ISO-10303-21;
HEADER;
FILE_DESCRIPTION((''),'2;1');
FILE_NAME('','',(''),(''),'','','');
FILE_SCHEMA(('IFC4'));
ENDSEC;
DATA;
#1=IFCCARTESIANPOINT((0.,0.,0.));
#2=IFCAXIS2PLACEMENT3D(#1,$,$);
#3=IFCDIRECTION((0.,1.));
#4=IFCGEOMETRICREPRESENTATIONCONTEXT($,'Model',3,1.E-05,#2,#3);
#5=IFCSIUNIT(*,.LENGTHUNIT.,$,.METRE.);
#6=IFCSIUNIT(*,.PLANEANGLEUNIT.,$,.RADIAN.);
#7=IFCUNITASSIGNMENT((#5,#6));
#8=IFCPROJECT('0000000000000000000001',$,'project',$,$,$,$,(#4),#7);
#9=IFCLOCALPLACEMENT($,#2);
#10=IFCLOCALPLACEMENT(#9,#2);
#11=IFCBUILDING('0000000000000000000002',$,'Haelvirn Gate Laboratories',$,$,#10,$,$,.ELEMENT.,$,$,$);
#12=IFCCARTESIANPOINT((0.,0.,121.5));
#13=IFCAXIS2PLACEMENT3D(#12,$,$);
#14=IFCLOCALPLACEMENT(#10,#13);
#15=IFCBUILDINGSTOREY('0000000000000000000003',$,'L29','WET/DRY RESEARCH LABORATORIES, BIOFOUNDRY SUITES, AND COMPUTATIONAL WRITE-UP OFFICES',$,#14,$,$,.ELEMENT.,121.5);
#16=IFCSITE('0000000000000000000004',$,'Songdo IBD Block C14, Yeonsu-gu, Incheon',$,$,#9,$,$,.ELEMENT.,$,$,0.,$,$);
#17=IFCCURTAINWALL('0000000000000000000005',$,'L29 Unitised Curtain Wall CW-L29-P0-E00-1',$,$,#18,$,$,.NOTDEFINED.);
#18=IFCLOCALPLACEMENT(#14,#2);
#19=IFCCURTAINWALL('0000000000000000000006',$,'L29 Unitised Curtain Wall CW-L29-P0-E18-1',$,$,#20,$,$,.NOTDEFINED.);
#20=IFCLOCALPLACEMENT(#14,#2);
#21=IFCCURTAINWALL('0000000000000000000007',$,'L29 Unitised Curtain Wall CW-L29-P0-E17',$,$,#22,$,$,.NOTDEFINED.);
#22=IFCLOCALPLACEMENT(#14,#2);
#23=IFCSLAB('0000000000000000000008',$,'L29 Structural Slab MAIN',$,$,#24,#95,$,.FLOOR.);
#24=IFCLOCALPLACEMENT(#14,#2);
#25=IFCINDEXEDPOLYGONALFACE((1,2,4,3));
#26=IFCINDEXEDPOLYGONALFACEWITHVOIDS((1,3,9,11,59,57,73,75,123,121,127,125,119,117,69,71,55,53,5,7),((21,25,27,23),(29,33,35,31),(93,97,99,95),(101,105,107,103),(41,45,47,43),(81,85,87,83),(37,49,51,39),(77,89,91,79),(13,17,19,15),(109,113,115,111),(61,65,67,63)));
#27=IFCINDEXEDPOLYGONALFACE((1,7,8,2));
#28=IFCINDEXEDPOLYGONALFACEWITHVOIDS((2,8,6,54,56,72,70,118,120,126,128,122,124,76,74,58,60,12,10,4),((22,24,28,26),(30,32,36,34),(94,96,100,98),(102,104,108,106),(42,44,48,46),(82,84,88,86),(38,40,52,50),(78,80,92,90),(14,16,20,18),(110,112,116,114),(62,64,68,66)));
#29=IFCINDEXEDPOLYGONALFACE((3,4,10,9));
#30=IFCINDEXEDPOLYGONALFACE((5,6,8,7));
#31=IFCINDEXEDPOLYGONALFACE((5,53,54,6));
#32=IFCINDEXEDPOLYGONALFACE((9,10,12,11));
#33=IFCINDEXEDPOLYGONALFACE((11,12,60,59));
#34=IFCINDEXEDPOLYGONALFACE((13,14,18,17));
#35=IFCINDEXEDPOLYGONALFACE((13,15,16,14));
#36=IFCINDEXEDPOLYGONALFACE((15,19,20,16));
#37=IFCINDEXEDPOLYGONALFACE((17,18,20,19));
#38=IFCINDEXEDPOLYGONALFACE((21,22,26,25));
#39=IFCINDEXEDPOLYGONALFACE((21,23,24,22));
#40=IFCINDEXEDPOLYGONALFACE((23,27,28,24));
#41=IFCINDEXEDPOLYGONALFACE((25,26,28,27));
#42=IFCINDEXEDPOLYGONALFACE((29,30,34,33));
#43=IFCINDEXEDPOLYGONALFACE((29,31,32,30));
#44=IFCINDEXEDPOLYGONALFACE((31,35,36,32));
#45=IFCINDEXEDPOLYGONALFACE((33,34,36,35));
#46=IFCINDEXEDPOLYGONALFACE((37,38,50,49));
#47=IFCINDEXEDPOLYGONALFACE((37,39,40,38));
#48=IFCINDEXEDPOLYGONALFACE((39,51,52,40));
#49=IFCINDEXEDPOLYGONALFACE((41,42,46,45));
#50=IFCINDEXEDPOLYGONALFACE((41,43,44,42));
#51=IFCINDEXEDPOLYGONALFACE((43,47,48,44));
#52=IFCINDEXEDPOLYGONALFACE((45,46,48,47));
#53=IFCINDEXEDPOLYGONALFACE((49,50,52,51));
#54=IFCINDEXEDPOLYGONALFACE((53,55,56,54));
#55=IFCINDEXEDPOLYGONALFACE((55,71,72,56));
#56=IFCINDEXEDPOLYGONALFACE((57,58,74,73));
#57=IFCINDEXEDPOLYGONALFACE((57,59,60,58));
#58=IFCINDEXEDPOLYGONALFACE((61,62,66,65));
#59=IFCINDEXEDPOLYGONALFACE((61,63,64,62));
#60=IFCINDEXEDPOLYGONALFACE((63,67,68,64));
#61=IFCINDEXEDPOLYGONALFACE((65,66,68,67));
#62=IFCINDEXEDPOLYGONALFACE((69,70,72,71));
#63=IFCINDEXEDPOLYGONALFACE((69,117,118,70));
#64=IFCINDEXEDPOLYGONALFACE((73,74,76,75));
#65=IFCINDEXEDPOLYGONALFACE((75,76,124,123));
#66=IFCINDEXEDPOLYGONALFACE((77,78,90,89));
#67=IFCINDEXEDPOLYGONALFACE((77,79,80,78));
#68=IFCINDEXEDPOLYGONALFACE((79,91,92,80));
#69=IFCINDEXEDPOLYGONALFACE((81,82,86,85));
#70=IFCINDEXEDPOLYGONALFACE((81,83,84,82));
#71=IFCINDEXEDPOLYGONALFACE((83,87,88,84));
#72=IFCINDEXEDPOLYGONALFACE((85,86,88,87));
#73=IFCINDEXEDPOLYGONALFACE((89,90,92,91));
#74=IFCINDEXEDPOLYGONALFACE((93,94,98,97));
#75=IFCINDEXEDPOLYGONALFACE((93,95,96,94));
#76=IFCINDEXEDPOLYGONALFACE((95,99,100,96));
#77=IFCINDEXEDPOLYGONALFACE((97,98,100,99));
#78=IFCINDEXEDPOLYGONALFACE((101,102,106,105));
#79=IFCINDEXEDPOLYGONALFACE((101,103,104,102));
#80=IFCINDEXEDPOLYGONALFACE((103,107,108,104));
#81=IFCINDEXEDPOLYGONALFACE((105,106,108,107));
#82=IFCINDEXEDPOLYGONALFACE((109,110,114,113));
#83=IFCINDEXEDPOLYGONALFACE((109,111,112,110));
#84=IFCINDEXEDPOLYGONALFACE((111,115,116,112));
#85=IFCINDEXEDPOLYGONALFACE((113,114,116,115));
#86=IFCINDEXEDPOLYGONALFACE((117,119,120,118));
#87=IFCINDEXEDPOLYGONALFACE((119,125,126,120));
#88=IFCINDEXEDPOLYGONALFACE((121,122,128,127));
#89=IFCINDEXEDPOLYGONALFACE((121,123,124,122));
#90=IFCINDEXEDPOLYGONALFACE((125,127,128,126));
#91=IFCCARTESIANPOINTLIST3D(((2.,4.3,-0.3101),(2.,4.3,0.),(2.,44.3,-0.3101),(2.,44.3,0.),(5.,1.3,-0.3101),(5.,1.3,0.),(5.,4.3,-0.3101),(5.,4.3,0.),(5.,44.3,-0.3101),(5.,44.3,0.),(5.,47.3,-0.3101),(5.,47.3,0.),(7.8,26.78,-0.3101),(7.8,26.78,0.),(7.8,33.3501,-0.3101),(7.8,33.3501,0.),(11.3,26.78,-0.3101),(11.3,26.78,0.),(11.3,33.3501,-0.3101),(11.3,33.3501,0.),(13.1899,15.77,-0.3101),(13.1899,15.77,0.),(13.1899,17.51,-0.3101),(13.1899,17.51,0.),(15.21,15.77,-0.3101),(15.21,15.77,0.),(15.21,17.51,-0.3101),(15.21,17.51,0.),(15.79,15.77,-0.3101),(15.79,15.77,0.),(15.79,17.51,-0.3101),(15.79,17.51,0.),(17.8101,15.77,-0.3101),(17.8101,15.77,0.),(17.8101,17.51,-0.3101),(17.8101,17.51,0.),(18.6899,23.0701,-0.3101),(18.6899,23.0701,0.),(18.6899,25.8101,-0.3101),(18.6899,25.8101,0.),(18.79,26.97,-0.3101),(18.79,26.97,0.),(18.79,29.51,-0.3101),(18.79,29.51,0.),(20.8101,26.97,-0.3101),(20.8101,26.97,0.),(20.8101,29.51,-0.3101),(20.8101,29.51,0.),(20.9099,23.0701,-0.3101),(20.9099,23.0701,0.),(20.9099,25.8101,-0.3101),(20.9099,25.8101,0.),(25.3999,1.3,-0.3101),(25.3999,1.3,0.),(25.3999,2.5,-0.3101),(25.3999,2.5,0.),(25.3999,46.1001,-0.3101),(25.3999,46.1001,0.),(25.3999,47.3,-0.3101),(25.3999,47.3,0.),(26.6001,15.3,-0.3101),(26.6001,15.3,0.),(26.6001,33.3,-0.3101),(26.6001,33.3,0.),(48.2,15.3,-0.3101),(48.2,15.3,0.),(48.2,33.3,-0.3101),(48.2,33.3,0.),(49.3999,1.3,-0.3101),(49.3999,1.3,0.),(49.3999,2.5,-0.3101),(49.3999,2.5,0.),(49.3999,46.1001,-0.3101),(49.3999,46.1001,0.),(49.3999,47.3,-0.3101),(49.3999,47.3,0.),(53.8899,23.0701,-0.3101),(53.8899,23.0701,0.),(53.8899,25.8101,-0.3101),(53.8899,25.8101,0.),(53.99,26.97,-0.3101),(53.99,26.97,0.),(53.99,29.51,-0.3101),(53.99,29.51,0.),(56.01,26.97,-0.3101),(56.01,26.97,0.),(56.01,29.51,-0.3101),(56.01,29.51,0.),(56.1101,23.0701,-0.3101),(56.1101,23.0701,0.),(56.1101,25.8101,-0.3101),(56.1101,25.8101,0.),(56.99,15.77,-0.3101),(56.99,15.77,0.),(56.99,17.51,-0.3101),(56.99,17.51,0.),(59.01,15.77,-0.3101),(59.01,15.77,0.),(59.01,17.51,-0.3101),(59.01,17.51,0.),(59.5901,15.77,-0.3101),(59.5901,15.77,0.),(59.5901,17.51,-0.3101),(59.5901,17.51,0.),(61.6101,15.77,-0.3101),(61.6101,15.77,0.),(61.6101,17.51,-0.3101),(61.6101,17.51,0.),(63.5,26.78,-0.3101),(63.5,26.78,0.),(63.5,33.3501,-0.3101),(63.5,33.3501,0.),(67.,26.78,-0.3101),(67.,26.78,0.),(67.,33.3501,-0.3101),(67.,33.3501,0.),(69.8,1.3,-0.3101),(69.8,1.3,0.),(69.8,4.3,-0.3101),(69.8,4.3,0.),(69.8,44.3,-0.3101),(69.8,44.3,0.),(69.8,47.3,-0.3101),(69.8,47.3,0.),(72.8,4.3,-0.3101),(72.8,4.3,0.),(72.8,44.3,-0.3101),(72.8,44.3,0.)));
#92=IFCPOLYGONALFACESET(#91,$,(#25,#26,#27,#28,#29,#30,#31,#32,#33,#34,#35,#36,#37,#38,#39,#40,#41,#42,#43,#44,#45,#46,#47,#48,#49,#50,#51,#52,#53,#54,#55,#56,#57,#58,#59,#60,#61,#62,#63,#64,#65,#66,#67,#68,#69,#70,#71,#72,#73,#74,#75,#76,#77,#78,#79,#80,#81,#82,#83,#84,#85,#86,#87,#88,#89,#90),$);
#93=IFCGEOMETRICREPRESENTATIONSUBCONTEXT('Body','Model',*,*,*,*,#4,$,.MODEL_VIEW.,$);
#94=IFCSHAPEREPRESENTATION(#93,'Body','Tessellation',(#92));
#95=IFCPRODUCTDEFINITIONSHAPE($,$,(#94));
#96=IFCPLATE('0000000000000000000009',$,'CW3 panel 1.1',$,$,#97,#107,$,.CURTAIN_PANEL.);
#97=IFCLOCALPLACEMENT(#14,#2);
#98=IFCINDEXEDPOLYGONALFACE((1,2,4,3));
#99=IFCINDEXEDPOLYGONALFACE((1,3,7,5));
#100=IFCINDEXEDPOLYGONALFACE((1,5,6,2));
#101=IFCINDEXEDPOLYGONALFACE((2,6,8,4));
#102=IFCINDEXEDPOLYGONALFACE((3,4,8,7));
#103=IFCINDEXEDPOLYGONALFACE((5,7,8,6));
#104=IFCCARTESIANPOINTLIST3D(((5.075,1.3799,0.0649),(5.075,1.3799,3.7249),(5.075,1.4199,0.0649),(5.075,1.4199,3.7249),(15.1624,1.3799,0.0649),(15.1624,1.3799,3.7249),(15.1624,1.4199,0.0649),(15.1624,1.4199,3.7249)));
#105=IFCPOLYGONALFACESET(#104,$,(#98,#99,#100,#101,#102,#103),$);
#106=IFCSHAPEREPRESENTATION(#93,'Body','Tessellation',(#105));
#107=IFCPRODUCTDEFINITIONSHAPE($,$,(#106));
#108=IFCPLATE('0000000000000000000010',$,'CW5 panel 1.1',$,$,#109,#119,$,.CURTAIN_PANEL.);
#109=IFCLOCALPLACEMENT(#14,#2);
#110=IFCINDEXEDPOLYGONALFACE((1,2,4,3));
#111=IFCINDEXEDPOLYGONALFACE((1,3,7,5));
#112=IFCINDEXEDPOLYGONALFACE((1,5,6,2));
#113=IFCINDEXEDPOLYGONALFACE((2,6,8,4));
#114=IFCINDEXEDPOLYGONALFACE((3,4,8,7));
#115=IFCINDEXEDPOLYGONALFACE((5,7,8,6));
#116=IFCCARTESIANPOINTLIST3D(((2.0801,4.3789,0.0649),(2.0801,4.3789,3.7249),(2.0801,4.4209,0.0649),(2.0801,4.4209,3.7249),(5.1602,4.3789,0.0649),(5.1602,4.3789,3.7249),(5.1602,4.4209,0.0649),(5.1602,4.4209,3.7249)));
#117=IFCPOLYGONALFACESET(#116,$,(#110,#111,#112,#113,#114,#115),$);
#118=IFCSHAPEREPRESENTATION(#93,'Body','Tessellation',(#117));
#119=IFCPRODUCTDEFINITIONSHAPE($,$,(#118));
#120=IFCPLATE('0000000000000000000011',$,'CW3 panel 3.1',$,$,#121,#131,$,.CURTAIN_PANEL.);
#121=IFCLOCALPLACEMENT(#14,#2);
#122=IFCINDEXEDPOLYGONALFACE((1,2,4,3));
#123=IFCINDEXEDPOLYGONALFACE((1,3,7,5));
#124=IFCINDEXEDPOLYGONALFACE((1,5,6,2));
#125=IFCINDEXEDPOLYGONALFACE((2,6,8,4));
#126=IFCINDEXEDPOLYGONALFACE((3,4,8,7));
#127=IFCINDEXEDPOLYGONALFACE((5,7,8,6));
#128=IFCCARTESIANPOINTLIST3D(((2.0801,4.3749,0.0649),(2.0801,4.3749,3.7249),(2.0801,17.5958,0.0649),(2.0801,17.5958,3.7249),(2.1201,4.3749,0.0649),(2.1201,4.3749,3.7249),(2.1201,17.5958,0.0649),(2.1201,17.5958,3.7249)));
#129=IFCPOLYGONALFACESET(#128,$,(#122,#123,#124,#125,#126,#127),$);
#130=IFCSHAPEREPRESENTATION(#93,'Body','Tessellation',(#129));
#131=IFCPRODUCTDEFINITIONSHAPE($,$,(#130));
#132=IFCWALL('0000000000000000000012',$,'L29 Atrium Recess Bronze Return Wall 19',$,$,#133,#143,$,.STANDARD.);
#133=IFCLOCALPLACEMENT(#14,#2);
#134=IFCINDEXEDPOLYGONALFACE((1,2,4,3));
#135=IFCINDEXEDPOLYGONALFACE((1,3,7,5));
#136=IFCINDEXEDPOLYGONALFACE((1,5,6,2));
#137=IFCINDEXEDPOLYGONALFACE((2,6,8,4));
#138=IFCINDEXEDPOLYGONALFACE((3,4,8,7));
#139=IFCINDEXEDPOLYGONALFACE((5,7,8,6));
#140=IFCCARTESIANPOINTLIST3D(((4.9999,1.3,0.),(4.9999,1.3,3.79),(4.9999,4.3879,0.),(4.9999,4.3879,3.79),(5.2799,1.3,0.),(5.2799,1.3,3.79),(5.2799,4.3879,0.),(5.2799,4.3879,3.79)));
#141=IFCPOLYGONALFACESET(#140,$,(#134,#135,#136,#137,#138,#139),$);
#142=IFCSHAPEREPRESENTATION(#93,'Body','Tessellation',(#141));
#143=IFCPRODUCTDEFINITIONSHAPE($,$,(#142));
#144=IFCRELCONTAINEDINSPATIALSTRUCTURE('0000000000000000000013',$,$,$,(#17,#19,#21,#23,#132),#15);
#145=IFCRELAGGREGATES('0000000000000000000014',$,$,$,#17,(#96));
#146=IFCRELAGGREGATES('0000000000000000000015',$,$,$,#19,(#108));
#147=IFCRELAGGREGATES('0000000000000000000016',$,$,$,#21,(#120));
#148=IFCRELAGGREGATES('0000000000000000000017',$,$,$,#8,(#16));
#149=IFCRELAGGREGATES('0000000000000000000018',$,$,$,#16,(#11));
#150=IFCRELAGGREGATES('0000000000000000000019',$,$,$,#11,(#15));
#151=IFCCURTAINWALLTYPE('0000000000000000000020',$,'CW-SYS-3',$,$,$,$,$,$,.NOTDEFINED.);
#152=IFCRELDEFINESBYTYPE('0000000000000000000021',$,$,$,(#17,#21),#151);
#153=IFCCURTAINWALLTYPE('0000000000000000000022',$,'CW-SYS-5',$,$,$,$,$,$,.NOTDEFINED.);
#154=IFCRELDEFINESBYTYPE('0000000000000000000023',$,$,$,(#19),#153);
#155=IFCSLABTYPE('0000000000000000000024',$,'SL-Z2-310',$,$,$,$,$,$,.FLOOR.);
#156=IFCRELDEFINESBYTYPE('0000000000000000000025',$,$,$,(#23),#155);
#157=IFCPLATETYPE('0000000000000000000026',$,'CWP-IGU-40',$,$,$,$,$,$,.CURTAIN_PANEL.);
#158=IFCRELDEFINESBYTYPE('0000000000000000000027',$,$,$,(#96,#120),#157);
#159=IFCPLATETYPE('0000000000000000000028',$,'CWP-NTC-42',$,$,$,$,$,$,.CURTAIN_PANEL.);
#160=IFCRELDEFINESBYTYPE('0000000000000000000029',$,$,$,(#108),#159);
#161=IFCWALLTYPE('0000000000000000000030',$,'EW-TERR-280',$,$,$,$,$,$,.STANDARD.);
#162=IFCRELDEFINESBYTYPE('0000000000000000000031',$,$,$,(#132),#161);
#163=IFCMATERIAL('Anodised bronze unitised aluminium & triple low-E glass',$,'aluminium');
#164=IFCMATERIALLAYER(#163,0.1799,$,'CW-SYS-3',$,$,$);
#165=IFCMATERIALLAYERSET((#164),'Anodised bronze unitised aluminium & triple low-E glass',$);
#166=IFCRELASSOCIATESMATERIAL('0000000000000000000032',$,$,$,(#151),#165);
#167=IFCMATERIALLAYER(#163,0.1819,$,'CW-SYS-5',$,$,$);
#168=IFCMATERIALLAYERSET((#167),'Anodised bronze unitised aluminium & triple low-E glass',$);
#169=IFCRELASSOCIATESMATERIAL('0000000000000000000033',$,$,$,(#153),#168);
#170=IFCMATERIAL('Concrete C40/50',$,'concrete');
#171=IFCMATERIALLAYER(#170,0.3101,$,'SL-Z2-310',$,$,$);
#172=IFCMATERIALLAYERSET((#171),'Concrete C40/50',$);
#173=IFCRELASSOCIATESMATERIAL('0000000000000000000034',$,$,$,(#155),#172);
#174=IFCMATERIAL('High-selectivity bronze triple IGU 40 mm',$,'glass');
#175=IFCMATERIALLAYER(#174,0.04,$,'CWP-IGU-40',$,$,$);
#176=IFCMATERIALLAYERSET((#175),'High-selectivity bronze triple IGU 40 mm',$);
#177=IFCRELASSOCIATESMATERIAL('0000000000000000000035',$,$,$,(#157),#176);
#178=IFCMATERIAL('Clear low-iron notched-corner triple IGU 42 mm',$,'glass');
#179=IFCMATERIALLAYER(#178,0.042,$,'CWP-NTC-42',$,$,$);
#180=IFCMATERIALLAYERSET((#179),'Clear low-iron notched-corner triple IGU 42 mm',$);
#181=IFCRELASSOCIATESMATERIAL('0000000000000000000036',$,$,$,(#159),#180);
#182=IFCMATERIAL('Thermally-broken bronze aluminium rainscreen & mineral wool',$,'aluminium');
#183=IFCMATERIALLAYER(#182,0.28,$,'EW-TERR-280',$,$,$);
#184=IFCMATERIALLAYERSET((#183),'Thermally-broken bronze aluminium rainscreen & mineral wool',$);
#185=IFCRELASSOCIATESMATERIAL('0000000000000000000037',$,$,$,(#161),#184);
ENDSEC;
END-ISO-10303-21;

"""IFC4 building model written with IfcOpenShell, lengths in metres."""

from ifc_helpers import new_model, si_unit, direction, frame, frame_2d, origin, origin_2d, place, context, subcontext, project, spatial, polyline, rectangle, outline, extrude, source, transform, mapped, material, layer, layer_set, type_object, type_shapes, element, aggregate, save


model = new_model("IFC4")

# Units and contexts
model_context = context("Model", 3, precision=1e-05, world=origin(), true_north=direction((0.0, 1.0)))
body_context = subcontext(model_context, "Body", "Model", "MODEL_VIEW")
ifc_project = project(units=[si_unit("LENGTHUNIT", "METRE"), si_unit("PLANEANGLEUNIT", "RADIAN")], contexts=[model_context])

# Site, building, storey
site_placement = place(None, origin())
site = spatial("IfcSite", under=ifc_project, at=site_placement, Name="Songdo IBD Block C14, Yeonsu-gu, Incheon", CompositionType="ELEMENT", RefElevation=0.0)
building_placement = place(site_placement, origin())
building = spatial("IfcBuilding", under=site, at=building_placement, Name="Haelvirn Gate Laboratories", CompositionType="ELEMENT")
storey_placement = place(building_placement, frame((0.0, 0.0, 121.5)))
storey = spatial("IfcBuildingStorey", under=building, at=storey_placement, Name="L29", Description="WET/DRY RESEARCH LABORATORIES, BIOFOUNDRY SUITES, AND COMPUTATIONAL WRITE-UP OFFICES", CompositionType="ELEMENT", Elevation=121.5)

# Curtain walls
ifc_material_1 = material(Name="Anodised bronze unitised aluminium & triple low-E glass", Category="aluminium")
ifc_layer_1 = layer(ifc_material_1, 0.1799, Name="CW-SYS-3")
ifc_layer_set_1 = layer_set([ifc_layer_1], Name="Anodised bronze unitised aluminium & triple low-E glass")
curtain_wall_type_1 = type_object("IfcCurtainWallType", Name="CW-SYS-3", PredefinedType="NOTDEFINED", material=ifc_layer_set_1)
curtain_wall_1_placement = place(storey_placement, origin())
curtain_wall_1 = element("IfcCurtainWall", 1, at=curtain_wall_1_placement, inside=storey, type_object=curtain_wall_type_1, Name="L29 Unitised Curtain Wall CW-L29-P0-E00-1", PredefinedType="NOTDEFINED")
ifc_layer_2 = layer(ifc_material_1, 0.1819, Name="CW-SYS-5")
ifc_layer_set_2 = layer_set([ifc_layer_2], Name="Anodised bronze unitised aluminium & triple low-E glass")
curtain_wall_type_2 = type_object("IfcCurtainWallType", Name="CW-SYS-5", PredefinedType="NOTDEFINED", material=ifc_layer_set_2)
curtain_wall_2_placement = place(storey_placement, origin())
curtain_wall_2 = element("IfcCurtainWall", 2, at=curtain_wall_2_placement, inside=storey, type_object=curtain_wall_type_2, Name="L29 Unitised Curtain Wall CW-L29-P0-E18-1", PredefinedType="NOTDEFINED")

# Curtain wall
curtain_wall_3_placement = place(storey_placement, origin())
curtain_wall_3 = element("IfcCurtainWall", 3, at=curtain_wall_3_placement, inside=storey, type_object=curtain_wall_type_1, Name="L29 Unitised Curtain Wall CW-L29-P0-E17", PredefinedType="NOTDEFINED")

# Shared definitions
ifc_material_2 = material(Name="Concrete C40/50", Category="concrete")

# Slab
ifc_layer_3 = layer(ifc_material_2, 0.3101, Name="SL-Z2-310")
ifc_layer_set_3 = layer_set([ifc_layer_3], Name="Concrete C40/50")
slab_type_1 = type_object("IfcSlabType", Name="SL-Z2-310", PredefinedType="FLOOR", material=ifc_layer_set_3)
slab_1_placement = place(storey_placement, frame((0.0, 0.0, -0.3101)))
element("IfcSlab", 4, at=slab_1_placement, inside=storey, type_object=slab_type_1, Name="L29 Structural Slab MAIN", PredefinedType="FLOOR", context=body_context, shape_type="SweptSolid", body=[
    extrude(outline(polyline([(5.0, 1.3), (25.3999, 1.3), (25.3999, 2.5), (49.3999, 2.5), (49.3999, 1.3), (69.8, 1.3), (69.8, 4.3), (72.8, 4.3), (72.8, 44.3), (69.8, 44.3), (69.8, 47.3), (49.3999, 47.3), (49.3999, 46.1001), (25.3999, 46.1001), (25.3999, 47.3), (5.0, 47.3), (5.0, 44.3), (2.0, 44.3), (2.0, 4.3), (5.0, 4.3), (5.0, 1.3)]), holes=[polyline([(26.6001, 15.3), (48.2, 15.3), (48.2, 33.3), (26.6001, 33.3), (26.6001, 15.3)]), polyline([(11.3, 26.78), (11.3, 33.3501), (7.8, 33.3501), (7.8, 26.78), (11.3, 26.78)]), polyline([(67.0, 26.78), (67.0, 33.3501), (63.5, 33.3501), (63.5, 26.78), (67.0, 26.78)]), polyline([(13.1899, 15.77), (15.21, 15.77), (15.21, 17.51), (13.1899, 17.51), (13.1899, 15.77)]), polyline([(15.79, 15.77), (17.8101, 15.77), (17.8101, 17.51), (15.79, 17.51), (15.79, 15.77)]), polyline([(18.79, 26.97), (20.8101, 26.97), (20.8101, 29.51), (18.79, 29.51), (18.79, 26.97)]), polyline([(18.6899, 23.0701), (20.9099, 23.0701), (20.9099, 25.8101), (18.6899, 25.8101), (18.6899, 23.0701)]), polyline([(59.5901, 15.77), (61.6101, 15.77), (61.6101, 17.51), (59.5901, 17.51), (59.5901, 15.77)]), polyline([(56.99, 15.77), (59.01, 15.77), (59.01, 17.51), (56.99, 17.51), (56.99, 15.77)]), polyline([(53.99, 26.97), (56.01, 26.97), (56.01, 29.51), (53.99, 29.51), (53.99, 26.97)]), polyline([(53.8899, 23.0701), (56.1101, 23.0701), (56.1101, 25.8101), (53.8899, 25.8101), (53.8899, 23.0701)])]), origin(), (0.0, 0.0, 1.0), 0.3101),
])

# Plates
ifc_material_3 = material(Name="High-selectivity bronze triple IGU 40 mm", Category="glass")
ifc_layer_4 = layer(ifc_material_3, 0.04, Name="CWP-IGU-40")
ifc_layer_set_4 = layer_set([ifc_layer_4], Name="High-selectivity bronze triple IGU 40 mm")
plate_type_1 = type_object("IfcPlateType", Name="CWP-IGU-40", PredefinedType="CURTAIN_PANEL", material=ifc_layer_set_4)
shared_shape_1 = source(origin(), body_context, "Body", "SweptSolid", [
    extrude(rectangle(XDim=10.0874, YDim=0.04, at=origin_2d()), origin(), (0.0, 0.0, 1.0), 3.6599),
])
plate_1_placement = place(storey_placement, frame((10.1187, 1.3999, 0.0649), z_axis=(0.0, 0.0, 1.0), x_axis=(1.0, 0.0, 0.0)))
plate_1 = element("IfcPlate", 5, at=plate_1_placement, type_object=plate_type_1, Name="CW3 panel 1.1", PredefinedType="CURTAIN_PANEL", context=body_context, shape_type="MappedRepresentation", body=[
    mapped(shared_shape_1, transform((0.0, 0.0, 0.0), scale=1.0)),
])
aggregate(curtain_wall_1, [plate_1])
ifc_material_4 = material(Name="Clear low-iron notched-corner triple IGU 42 mm", Category="glass")
ifc_layer_5 = layer(ifc_material_4, 0.042, Name="CWP-NTC-42")
ifc_layer_set_5 = layer_set([ifc_layer_5], Name="Clear low-iron notched-corner triple IGU 42 mm")
plate_type_2 = type_object("IfcPlateType", Name="CWP-NTC-42", PredefinedType="CURTAIN_PANEL", material=ifc_layer_set_5)
shared_shape_2 = source(origin(), body_context, "Body", "SweptSolid", [
    extrude(rectangle(XDim=3.0801, YDim=0.042, at=origin_2d()), origin(), (0.0, 0.0, 1.0), 3.6599),
])
type_shapes(plate_type_2, [shared_shape_2])
plate_2_placement = place(storey_placement, frame((3.6201, 4.3999, 0.0649), z_axis=(0.0, 0.0, 1.0), x_axis=(1.0, 0.0, 0.0)))
plate_2 = element("IfcPlate", 6, at=plate_2_placement, type_object=plate_type_2, Name="CW5 panel 1.1", PredefinedType="CURTAIN_PANEL", context=body_context, shape_type="MappedRepresentation", body=[
    mapped(shared_shape_2, transform((0.0, 0.0, 0.0), scale=1.0)),
])
aggregate(curtain_wall_2, [plate_2])
shared_shape_3 = source(origin(), body_context, "Body", "SweptSolid", [
    extrude(rectangle(XDim=13.2209, YDim=0.04, at=origin_2d()), origin(), (0.0, 0.0, 1.0), 3.6599),
])
type_shapes(plate_type_1, [shared_shape_1, shared_shape_3])
plate_3_placement = place(storey_placement, frame((2.1001, 10.9854, 0.0649), z_axis=(0.0, 0.0, 1.0), x_axis=(0.0, -1.0, 0.0)))
plate_3 = element("IfcPlate", 7, at=plate_3_placement, type_object=plate_type_1, Name="CW3 panel 3.1", PredefinedType="CURTAIN_PANEL", context=body_context, shape_type="MappedRepresentation", body=[
    mapped(shared_shape_3, transform((0.0, 0.0, 0.0), scale=1.0)),
])
aggregate(curtain_wall_3, [plate_3])

# Wall
ifc_material_5 = material(Name="Thermally-broken bronze aluminium rainscreen & mineral wool", Category="aluminium")
ifc_layer_6 = layer(ifc_material_5, 0.28, Name="EW-TERR-280")
ifc_layer_set_6 = layer_set([ifc_layer_6], Name="Thermally-broken bronze aluminium rainscreen & mineral wool")
wall_type = type_object("IfcWallType", Name="EW-TERR-280", PredefinedType="STANDARD", material=ifc_layer_set_6)
wall_placement = place(storey_placement, frame((5.1399, 4.3879, 0.0), z_axis=(0.0, 0.0, 1.0), x_axis=(0.0, -1.0, 0.0)))
element("IfcWall", 8, at=wall_placement, inside=storey, type_object=wall_type, Name="L29 Atrium Recess Bronze Return Wall 19", PredefinedType="STANDARD", context=body_context, shape_type="SweptSolid", body=[
    extrude(rectangle(XDim=3.0879, YDim=0.28, at=frame_2d((1.5439, 0.0))), origin(), (0.0, 0.0, 1.0), 3.79),
])

save(model, "model.ifc")
